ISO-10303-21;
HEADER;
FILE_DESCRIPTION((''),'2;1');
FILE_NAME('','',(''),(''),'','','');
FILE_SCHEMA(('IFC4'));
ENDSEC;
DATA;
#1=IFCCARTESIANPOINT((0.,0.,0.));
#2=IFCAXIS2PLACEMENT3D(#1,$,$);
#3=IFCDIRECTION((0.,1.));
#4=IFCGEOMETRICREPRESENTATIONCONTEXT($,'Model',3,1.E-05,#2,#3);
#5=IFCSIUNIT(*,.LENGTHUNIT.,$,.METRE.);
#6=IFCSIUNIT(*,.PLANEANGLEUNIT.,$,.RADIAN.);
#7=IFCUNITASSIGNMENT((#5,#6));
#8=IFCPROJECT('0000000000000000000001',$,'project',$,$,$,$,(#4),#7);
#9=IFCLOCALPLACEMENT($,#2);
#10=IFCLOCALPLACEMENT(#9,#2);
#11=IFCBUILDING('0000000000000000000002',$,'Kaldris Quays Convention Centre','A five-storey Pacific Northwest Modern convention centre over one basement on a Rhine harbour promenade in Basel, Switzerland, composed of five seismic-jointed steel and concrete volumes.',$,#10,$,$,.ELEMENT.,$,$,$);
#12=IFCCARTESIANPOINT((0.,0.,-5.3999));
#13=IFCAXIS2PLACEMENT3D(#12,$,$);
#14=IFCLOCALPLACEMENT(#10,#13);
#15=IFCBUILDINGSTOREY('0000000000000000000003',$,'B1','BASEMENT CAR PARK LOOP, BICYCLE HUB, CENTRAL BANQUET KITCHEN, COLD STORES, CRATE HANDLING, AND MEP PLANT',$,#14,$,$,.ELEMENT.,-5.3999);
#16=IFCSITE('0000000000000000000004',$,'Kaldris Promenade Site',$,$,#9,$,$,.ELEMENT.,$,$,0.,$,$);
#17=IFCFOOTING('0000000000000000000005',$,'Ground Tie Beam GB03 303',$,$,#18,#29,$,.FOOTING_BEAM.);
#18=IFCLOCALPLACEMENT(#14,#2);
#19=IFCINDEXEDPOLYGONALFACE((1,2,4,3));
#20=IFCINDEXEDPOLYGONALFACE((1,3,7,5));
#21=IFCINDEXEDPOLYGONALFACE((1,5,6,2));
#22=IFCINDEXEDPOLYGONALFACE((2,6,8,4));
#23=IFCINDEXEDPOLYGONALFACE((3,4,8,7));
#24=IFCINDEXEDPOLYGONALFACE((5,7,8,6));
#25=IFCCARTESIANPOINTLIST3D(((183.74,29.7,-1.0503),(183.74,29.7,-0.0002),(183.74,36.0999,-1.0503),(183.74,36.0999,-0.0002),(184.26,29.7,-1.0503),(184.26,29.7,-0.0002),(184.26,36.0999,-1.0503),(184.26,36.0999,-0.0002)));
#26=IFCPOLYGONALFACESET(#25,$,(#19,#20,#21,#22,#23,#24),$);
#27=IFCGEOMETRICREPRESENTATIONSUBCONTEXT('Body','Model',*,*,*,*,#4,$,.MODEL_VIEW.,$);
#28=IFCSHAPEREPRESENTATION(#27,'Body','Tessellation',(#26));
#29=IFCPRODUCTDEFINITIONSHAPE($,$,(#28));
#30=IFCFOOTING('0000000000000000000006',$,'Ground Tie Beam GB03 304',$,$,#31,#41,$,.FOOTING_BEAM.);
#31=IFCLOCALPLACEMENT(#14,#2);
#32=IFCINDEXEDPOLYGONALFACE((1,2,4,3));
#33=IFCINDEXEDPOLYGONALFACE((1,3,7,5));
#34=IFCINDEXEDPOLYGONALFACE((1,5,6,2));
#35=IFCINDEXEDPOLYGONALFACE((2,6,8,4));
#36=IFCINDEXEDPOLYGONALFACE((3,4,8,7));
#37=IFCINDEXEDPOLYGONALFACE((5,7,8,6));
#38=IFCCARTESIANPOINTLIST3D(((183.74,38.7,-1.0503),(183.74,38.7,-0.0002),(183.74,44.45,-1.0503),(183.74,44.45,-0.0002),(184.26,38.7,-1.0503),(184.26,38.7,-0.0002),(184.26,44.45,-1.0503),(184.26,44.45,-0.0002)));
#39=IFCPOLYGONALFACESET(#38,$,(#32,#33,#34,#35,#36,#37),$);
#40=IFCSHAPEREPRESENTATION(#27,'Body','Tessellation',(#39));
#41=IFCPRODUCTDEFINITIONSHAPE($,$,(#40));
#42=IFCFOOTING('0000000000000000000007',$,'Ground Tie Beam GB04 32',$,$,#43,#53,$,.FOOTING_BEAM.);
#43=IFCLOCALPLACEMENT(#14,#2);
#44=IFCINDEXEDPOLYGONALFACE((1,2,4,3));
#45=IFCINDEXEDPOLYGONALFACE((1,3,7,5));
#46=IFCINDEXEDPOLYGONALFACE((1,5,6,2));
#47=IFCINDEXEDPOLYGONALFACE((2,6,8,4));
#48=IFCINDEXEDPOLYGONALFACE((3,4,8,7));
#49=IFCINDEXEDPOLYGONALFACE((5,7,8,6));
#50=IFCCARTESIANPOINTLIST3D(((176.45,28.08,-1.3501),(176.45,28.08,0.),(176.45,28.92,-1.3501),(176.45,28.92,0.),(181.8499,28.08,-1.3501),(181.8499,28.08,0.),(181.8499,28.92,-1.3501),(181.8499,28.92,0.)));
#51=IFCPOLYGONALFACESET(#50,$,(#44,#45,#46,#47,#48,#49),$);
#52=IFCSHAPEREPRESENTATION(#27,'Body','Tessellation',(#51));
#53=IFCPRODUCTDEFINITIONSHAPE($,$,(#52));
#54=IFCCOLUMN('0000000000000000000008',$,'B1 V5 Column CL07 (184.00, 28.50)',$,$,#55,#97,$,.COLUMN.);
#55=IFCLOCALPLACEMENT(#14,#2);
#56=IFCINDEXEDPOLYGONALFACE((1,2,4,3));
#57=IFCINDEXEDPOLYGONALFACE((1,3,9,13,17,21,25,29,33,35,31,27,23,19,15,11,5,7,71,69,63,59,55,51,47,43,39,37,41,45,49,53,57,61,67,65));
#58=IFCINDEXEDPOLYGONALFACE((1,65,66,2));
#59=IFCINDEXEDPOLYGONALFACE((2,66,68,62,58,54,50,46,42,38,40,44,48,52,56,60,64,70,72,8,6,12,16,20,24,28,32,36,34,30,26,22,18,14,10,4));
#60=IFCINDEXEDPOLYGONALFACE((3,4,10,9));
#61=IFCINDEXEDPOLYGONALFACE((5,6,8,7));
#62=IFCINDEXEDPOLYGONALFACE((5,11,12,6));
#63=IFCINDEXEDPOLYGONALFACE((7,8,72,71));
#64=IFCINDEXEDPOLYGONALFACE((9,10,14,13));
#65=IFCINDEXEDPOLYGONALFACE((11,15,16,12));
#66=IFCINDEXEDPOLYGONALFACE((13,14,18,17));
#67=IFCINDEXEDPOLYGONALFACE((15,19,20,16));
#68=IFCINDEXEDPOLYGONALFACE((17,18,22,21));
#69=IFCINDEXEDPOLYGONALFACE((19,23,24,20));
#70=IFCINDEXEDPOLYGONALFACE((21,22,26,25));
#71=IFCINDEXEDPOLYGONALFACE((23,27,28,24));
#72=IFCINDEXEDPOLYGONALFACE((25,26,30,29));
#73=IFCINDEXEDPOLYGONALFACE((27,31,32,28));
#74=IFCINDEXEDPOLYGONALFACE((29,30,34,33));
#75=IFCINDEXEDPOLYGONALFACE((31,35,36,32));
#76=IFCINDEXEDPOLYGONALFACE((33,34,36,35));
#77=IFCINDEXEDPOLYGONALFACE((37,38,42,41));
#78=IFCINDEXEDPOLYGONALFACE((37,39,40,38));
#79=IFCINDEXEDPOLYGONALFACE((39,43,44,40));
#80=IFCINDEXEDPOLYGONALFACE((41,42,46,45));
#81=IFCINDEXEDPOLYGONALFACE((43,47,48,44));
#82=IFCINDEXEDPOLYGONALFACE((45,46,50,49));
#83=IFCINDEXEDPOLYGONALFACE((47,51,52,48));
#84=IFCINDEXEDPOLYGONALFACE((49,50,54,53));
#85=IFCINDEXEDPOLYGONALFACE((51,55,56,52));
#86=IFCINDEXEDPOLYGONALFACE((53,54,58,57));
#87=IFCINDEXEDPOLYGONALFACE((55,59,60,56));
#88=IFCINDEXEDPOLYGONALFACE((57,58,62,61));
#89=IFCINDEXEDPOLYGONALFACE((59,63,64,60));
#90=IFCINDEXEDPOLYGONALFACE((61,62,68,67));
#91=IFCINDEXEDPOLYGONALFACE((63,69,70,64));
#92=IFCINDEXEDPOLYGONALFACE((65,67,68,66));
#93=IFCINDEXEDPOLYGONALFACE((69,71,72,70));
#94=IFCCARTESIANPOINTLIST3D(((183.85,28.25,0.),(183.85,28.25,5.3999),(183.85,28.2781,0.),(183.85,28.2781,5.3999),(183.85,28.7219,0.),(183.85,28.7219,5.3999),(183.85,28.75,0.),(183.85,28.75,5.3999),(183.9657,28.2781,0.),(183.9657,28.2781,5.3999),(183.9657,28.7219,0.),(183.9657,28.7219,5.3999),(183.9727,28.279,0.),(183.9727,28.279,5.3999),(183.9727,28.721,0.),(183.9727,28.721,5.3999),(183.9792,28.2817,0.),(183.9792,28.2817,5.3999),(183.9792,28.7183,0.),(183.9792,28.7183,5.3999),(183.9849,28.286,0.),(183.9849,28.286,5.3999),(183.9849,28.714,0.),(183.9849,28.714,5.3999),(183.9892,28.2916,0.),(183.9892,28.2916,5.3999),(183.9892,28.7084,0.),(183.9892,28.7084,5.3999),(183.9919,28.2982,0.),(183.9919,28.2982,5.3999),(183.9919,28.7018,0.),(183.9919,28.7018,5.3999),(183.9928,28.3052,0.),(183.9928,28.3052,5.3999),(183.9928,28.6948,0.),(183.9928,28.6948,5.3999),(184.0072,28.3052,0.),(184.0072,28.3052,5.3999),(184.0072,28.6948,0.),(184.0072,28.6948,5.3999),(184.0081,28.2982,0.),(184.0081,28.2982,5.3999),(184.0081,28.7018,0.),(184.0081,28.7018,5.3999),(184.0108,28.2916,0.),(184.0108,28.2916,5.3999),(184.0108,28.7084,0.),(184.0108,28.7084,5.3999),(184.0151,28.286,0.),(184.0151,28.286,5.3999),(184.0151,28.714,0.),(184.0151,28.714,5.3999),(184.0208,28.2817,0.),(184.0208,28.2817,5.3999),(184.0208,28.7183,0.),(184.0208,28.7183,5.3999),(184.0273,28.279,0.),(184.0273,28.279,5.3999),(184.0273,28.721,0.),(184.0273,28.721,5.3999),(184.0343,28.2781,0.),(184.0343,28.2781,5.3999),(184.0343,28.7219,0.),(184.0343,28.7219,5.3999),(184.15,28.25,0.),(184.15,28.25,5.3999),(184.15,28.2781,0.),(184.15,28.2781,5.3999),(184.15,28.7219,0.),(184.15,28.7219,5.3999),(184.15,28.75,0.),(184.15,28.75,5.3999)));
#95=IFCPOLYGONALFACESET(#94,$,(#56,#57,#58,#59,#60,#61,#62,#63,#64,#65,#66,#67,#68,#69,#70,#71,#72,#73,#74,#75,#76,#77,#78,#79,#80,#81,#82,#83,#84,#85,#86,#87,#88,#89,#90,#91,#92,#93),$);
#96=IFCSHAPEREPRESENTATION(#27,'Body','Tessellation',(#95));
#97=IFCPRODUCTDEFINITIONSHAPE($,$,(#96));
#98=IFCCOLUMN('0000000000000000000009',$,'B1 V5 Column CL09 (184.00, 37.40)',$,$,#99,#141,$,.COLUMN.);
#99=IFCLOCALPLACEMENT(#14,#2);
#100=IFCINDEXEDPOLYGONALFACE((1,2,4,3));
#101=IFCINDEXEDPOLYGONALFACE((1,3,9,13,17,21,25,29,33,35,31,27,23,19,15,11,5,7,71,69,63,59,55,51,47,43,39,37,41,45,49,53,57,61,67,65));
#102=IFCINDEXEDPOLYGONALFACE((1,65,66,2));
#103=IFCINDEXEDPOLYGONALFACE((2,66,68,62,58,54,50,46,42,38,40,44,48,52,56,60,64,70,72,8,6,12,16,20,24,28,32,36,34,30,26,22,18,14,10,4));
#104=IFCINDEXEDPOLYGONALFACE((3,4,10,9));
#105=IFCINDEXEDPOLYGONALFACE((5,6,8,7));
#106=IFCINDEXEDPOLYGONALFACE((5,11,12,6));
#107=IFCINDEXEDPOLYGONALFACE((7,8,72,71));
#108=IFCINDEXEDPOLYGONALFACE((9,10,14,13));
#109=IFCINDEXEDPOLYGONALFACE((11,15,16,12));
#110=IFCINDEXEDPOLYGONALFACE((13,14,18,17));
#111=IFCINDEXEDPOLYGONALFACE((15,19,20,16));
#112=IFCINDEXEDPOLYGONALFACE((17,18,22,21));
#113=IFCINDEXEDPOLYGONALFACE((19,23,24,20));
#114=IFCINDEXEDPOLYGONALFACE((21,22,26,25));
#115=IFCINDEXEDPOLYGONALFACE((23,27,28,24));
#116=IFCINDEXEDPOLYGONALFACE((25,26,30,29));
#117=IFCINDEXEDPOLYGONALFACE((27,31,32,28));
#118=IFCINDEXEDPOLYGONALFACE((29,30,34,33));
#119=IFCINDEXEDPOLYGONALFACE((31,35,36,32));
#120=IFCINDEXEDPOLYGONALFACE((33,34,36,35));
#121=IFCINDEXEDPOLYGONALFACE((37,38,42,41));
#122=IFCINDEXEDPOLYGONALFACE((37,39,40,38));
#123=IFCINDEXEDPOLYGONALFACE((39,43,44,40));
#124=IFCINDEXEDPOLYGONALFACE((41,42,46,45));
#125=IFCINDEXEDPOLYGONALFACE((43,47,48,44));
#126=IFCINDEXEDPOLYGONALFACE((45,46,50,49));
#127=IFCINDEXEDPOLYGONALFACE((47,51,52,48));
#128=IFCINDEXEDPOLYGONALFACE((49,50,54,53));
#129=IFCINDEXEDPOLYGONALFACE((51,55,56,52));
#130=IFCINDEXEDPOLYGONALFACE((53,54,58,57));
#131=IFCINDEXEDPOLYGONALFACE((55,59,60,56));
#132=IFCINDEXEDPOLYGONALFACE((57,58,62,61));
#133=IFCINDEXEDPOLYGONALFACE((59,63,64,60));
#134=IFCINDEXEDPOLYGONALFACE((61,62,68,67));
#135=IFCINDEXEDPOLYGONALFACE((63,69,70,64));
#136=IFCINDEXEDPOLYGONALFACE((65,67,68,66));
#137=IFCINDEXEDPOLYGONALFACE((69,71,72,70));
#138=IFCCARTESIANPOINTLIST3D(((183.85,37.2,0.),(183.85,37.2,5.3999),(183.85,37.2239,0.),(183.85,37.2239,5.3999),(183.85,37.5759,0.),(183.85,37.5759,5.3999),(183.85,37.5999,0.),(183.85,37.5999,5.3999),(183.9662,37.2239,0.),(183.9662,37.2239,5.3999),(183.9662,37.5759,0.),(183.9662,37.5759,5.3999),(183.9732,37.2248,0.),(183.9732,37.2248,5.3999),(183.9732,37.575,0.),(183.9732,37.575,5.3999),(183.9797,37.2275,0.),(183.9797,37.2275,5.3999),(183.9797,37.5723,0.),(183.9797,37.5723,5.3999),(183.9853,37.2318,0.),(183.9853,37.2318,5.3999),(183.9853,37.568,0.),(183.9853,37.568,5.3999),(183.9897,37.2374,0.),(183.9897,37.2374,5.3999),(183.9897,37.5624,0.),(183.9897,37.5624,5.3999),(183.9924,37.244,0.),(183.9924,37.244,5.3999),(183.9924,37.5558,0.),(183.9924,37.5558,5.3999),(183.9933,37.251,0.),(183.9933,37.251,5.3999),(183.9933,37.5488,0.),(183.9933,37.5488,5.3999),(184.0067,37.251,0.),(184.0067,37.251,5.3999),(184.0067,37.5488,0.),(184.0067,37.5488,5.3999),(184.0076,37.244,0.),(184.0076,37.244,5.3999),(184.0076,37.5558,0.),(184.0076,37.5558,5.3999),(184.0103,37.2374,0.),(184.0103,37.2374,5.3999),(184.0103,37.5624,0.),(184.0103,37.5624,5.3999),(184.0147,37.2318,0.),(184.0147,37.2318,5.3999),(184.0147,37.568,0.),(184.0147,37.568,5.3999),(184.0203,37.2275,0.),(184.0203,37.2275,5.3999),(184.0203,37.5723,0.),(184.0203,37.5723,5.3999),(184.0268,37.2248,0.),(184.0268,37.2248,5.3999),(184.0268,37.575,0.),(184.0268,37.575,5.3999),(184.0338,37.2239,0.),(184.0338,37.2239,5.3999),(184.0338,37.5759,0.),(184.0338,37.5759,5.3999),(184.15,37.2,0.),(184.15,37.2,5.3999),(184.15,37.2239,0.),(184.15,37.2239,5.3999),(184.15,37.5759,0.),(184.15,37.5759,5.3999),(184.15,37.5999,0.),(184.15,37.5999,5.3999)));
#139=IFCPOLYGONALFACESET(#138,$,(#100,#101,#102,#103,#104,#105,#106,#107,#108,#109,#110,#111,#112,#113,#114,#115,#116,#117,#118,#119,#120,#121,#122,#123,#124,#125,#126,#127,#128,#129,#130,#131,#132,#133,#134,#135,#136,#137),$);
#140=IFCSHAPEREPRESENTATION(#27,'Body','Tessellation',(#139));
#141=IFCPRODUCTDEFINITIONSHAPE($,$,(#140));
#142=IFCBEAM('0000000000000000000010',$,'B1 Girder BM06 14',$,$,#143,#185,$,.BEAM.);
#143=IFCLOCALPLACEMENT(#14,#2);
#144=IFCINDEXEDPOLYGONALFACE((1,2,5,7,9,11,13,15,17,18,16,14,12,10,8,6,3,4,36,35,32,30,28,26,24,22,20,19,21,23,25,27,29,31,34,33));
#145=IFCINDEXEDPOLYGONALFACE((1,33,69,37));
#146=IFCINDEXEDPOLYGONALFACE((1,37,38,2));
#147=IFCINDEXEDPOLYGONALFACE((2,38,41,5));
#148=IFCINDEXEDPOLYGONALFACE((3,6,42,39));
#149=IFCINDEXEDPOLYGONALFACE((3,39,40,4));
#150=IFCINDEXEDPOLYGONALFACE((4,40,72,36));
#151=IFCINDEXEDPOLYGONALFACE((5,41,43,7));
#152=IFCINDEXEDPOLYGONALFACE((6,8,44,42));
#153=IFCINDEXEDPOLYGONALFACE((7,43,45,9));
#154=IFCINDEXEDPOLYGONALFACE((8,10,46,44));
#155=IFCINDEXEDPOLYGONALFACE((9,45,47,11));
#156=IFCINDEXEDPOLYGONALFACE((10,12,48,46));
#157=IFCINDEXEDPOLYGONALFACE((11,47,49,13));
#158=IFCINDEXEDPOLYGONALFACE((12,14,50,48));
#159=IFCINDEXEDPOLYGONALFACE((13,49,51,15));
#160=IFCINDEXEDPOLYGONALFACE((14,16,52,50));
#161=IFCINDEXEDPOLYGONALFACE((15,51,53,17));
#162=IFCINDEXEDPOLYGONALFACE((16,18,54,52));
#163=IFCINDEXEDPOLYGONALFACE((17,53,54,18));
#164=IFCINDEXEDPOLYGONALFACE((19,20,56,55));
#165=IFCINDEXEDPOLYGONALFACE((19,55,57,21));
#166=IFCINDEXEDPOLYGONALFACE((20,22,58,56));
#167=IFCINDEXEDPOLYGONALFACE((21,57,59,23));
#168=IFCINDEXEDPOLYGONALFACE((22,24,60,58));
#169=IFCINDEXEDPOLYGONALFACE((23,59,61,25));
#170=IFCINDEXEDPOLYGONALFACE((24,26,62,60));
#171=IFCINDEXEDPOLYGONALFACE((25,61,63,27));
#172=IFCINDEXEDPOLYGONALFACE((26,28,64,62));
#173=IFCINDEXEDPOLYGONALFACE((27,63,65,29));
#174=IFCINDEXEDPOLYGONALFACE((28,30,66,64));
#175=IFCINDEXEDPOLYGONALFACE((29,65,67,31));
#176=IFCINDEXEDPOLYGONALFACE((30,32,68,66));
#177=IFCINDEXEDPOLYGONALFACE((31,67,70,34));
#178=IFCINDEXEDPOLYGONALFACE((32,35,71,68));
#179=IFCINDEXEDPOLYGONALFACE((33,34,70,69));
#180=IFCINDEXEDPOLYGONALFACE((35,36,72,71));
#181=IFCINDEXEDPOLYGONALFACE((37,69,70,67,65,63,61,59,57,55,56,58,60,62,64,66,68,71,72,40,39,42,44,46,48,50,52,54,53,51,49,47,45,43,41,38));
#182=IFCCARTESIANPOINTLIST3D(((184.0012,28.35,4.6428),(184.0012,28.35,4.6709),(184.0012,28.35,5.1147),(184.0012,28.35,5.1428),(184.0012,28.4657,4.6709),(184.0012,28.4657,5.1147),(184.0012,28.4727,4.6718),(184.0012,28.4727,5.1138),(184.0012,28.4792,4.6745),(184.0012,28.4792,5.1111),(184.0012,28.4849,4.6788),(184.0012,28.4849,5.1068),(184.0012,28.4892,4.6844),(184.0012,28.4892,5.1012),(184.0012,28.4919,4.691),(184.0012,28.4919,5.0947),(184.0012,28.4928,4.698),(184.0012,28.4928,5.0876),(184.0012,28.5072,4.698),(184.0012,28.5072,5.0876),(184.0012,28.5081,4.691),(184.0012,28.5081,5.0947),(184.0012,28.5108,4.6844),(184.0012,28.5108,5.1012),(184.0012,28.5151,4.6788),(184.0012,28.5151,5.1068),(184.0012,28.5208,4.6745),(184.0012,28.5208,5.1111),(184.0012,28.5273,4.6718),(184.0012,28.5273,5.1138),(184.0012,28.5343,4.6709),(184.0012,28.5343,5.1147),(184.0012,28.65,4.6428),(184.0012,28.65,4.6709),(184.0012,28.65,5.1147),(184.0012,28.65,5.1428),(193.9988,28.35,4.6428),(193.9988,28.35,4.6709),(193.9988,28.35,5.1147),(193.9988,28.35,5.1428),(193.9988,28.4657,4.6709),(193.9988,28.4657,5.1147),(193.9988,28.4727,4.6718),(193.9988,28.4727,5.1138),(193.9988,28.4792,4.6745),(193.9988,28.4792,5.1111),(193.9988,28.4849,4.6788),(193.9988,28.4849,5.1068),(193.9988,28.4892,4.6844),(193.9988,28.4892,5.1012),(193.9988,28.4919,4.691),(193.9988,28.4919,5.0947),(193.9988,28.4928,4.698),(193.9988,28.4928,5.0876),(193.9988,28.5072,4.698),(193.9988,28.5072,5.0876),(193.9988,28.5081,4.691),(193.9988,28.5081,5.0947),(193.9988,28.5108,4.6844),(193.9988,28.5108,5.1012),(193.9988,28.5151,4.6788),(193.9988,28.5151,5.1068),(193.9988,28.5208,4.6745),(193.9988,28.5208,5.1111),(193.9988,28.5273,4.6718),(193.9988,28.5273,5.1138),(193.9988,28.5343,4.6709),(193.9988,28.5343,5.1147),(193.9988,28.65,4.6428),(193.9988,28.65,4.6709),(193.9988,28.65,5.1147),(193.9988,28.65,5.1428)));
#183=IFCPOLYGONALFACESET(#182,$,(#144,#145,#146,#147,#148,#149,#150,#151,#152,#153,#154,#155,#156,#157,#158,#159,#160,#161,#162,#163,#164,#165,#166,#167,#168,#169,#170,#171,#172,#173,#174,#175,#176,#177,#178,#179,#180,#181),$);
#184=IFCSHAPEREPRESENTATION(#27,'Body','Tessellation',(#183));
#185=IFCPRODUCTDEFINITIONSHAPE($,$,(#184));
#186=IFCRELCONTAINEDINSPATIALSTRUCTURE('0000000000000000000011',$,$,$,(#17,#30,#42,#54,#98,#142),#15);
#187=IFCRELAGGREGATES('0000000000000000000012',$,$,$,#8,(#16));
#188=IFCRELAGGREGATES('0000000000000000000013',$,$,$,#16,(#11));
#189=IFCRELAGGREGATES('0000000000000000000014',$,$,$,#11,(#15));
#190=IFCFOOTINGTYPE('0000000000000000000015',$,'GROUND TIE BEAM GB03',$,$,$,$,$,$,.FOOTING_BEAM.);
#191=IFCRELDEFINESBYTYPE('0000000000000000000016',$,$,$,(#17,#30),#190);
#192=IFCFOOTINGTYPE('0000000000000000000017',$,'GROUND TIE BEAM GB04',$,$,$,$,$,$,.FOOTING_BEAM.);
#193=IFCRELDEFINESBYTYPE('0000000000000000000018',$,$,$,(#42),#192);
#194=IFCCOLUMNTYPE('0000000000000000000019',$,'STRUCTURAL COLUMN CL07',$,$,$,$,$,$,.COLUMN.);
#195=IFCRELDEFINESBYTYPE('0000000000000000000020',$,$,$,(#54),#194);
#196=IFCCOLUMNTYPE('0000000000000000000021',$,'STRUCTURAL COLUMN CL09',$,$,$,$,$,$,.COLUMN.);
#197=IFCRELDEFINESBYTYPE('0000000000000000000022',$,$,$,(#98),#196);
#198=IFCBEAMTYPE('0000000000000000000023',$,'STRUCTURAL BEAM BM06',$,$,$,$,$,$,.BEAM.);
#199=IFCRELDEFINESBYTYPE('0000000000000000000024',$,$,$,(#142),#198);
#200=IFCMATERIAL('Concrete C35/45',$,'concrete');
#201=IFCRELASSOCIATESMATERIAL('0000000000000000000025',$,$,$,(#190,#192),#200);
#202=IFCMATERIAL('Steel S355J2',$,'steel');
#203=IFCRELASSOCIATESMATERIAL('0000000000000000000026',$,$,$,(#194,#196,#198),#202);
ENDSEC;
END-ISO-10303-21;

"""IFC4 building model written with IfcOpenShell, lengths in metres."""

from ifc_helpers import new_model, si_unit, direction, frame, origin, origin_2d, place, context, subcontext, project, spatial, rectangle, i_section, extrude, material, material_profile, profile_set, type_object, element, save


model = new_model("IFC4")

# Units and contexts
model_context = context("Model", 3, precision=1e-05, world=origin(), true_north=direction((0.0, 1.0)))
body_context = subcontext(model_context, "Body", "Model", "MODEL_VIEW")
ifc_project = project(units=[si_unit("LENGTHUNIT", "METRE"), si_unit("PLANEANGLEUNIT", "RADIAN")], contexts=[model_context])

# Site, building, storey
site_placement = place(None, origin())
site = spatial("IfcSite", under=ifc_project, at=site_placement, Name="Kaldris Promenade Site", CompositionType="ELEMENT", RefElevation=0.0)
building_placement = place(site_placement, origin())
building = spatial("IfcBuilding", under=site, at=building_placement, Name="Kaldris Quays Convention Centre", Description="A five-storey Pacific Northwest Modern convention centre over one basement on a Rhine harbour promenade in Basel, Switzerland, composed of five seismic-jointed steel and concrete volumes.", CompositionType="ELEMENT")
storey_placement = place(building_placement, frame((0.0, 0.0, -5.3999)))
storey = spatial("IfcBuildingStorey", under=building, at=storey_placement, Name="B1", Description="BASEMENT CAR PARK LOOP, BICYCLE HUB, CENTRAL BANQUET KITCHEN, COLD STORES, CRATE HANDLING, AND MEP PLANT", CompositionType="ELEMENT", Elevation=-5.3999)

# Shared definitions
ifc_material_1 = material(Name="Concrete C35/45", Category="concrete")

# Footings
footing_type_1 = type_object("IfcFootingType", Name="GROUND TIE BEAM GB03", PredefinedType="FOOTING_BEAM", material=ifc_material_1)
footing_1_placement = place(storey_placement, frame((184.0, 32.8999, -1.0503), z_axis=(0.0, 0.0, 1.0), x_axis=(1.0, 0.0, 0.0)))
element("IfcFooting", 1, at=footing_1_placement, inside=storey, type_object=footing_type_1, Name="Ground Tie Beam GB03 303", PredefinedType="FOOTING_BEAM", context=body_context, shape_type="SweptSolid", body=[
    extrude(rectangle(XDim=0.52, YDim=6.3999, at=origin_2d()), origin(), (0.0, 0.0, 1.0), 1.05),
])
footing_2_placement = place(storey_placement, frame((184.0, 41.575, -1.0503), z_axis=(0.0, 0.0, 1.0), x_axis=(1.0, 0.0, 0.0)))
element("IfcFooting", 2, at=footing_2_placement, inside=storey, type_object=footing_type_1, Name="Ground Tie Beam GB03 304", PredefinedType="FOOTING_BEAM", context=body_context, shape_type="SweptSolid", body=[
    extrude(rectangle(XDim=0.52, YDim=5.75, at=origin_2d()), origin(), (0.0, 0.0, 1.0), 1.05),
])
footing_type_2 = type_object("IfcFootingType", Name="GROUND TIE BEAM GB04", PredefinedType="FOOTING_BEAM", material=ifc_material_1)
footing_3_placement = place(storey_placement, frame((179.1499, 28.5, -1.3501), z_axis=(0.0, 0.0, 1.0), x_axis=(1.0, 0.0, 0.0)))
element("IfcFooting", 3, at=footing_3_placement, inside=storey, type_object=footing_type_2, Name="Ground Tie Beam GB04 32", PredefinedType="FOOTING_BEAM", context=body_context, shape_type="SweptSolid", body=[
    extrude(rectangle(XDim=5.3999, YDim=0.8401, at=origin_2d()), origin(), (0.0, 0.0, 1.0), 1.3501),
])

# Columns
ifc_material_2 = material(Name="Steel S355J2", Category="steel")
ifc_material_profile_1 = material_profile(ifc_material_2, i_section(OverallWidth=0.3, OverallDepth=0.5, WebThickness=0.0144, FlangeThickness=0.0281, FilletRadius=0.0271, at=origin_2d()), Name="HEB 500")
ifc_profile_set_1 = profile_set([ifc_material_profile_1], Name="Steel S355J2")
column_type_1 = type_object("IfcColumnType", Name="STRUCTURAL COLUMN CL07", PredefinedType="COLUMN", material=ifc_profile_set_1)
column_1_placement = place(storey_placement, frame((184.0, 28.5, 0.0), z_axis=(0.0, 0.0, 1.0), x_axis=(1.0, 0.0, 0.0)))
element("IfcColumn", 4, at=column_1_placement, inside=storey, type_object=column_type_1, Name="B1 V5 Column CL07 (184.00, 28.50)", PredefinedType="COLUMN", context=body_context, shape_type="SweptSolid", body=[
    extrude(i_section(OverallWidth=0.3, OverallDepth=0.5, WebThickness=0.0144, FlangeThickness=0.0281, FilletRadius=0.0271, at=origin_2d()), origin(), (0.0, 0.0, 1.0), 5.3999),
])
ifc_material_profile_2 = material_profile(ifc_material_2, i_section(OverallWidth=0.3, OverallDepth=0.3999, WebThickness=0.0134, FlangeThickness=0.0239, FilletRadius=0.0271, at=origin_2d()), Name="HEB 400")
ifc_profile_set_2 = profile_set([ifc_material_profile_2], Name="Steel S355J2")
column_type_2 = type_object("IfcColumnType", Name="STRUCTURAL COLUMN CL09", PredefinedType="COLUMN", material=ifc_profile_set_2)
column_2_placement = place(storey_placement, frame((184.0, 37.3999, 0.0), z_axis=(0.0, 0.0, 1.0), x_axis=(1.0, 0.0, 0.0)))
element("IfcColumn", 5, at=column_2_placement, inside=storey, type_object=column_type_2, Name="B1 V5 Column CL09 (184.00, 37.40)", PredefinedType="COLUMN", context=body_context, shape_type="SweptSolid", body=[
    extrude(i_section(OverallWidth=0.3, OverallDepth=0.3999, WebThickness=0.0134, FlangeThickness=0.0239, FilletRadius=0.0271, at=origin_2d()), origin(), (0.0, 0.0, 1.0), 5.3999),
])

# Beam
ifc_material_profile_3 = material_profile(ifc_material_2, i_section(OverallWidth=0.3, OverallDepth=0.5, WebThickness=0.0144, FlangeThickness=0.0281, FilletRadius=0.0271, at=origin_2d()), Name="HEB 500")
ifc_profile_set_3 = profile_set([ifc_material_profile_3], Name="Steel S355J2")
beam_type_1 = type_object("IfcBeamType", Name="STRUCTURAL BEAM BM06", PredefinedType="BEAM", material=ifc_profile_set_3)
beam_1_placement = place(storey_placement, frame((184.0012, 28.5, 4.8928), z_axis=(1.0, 0.0, 0.0), x_axis=(0.0, 1.0, 0.0)))
element("IfcBeam", 6, at=beam_1_placement, inside=storey, type_object=beam_type_1, Name="B1 Girder BM06 14", PredefinedType="BEAM", context=body_context, shape_type="SweptSolid", body=[
    extrude(i_section(OverallWidth=0.3, OverallDepth=0.5, WebThickness=0.0144, FlangeThickness=0.0281, FilletRadius=0.0271, at=origin_2d()), origin(), (0.0, 0.0, 1.0), 9.9976),
])

save(model, "model.ifc")
